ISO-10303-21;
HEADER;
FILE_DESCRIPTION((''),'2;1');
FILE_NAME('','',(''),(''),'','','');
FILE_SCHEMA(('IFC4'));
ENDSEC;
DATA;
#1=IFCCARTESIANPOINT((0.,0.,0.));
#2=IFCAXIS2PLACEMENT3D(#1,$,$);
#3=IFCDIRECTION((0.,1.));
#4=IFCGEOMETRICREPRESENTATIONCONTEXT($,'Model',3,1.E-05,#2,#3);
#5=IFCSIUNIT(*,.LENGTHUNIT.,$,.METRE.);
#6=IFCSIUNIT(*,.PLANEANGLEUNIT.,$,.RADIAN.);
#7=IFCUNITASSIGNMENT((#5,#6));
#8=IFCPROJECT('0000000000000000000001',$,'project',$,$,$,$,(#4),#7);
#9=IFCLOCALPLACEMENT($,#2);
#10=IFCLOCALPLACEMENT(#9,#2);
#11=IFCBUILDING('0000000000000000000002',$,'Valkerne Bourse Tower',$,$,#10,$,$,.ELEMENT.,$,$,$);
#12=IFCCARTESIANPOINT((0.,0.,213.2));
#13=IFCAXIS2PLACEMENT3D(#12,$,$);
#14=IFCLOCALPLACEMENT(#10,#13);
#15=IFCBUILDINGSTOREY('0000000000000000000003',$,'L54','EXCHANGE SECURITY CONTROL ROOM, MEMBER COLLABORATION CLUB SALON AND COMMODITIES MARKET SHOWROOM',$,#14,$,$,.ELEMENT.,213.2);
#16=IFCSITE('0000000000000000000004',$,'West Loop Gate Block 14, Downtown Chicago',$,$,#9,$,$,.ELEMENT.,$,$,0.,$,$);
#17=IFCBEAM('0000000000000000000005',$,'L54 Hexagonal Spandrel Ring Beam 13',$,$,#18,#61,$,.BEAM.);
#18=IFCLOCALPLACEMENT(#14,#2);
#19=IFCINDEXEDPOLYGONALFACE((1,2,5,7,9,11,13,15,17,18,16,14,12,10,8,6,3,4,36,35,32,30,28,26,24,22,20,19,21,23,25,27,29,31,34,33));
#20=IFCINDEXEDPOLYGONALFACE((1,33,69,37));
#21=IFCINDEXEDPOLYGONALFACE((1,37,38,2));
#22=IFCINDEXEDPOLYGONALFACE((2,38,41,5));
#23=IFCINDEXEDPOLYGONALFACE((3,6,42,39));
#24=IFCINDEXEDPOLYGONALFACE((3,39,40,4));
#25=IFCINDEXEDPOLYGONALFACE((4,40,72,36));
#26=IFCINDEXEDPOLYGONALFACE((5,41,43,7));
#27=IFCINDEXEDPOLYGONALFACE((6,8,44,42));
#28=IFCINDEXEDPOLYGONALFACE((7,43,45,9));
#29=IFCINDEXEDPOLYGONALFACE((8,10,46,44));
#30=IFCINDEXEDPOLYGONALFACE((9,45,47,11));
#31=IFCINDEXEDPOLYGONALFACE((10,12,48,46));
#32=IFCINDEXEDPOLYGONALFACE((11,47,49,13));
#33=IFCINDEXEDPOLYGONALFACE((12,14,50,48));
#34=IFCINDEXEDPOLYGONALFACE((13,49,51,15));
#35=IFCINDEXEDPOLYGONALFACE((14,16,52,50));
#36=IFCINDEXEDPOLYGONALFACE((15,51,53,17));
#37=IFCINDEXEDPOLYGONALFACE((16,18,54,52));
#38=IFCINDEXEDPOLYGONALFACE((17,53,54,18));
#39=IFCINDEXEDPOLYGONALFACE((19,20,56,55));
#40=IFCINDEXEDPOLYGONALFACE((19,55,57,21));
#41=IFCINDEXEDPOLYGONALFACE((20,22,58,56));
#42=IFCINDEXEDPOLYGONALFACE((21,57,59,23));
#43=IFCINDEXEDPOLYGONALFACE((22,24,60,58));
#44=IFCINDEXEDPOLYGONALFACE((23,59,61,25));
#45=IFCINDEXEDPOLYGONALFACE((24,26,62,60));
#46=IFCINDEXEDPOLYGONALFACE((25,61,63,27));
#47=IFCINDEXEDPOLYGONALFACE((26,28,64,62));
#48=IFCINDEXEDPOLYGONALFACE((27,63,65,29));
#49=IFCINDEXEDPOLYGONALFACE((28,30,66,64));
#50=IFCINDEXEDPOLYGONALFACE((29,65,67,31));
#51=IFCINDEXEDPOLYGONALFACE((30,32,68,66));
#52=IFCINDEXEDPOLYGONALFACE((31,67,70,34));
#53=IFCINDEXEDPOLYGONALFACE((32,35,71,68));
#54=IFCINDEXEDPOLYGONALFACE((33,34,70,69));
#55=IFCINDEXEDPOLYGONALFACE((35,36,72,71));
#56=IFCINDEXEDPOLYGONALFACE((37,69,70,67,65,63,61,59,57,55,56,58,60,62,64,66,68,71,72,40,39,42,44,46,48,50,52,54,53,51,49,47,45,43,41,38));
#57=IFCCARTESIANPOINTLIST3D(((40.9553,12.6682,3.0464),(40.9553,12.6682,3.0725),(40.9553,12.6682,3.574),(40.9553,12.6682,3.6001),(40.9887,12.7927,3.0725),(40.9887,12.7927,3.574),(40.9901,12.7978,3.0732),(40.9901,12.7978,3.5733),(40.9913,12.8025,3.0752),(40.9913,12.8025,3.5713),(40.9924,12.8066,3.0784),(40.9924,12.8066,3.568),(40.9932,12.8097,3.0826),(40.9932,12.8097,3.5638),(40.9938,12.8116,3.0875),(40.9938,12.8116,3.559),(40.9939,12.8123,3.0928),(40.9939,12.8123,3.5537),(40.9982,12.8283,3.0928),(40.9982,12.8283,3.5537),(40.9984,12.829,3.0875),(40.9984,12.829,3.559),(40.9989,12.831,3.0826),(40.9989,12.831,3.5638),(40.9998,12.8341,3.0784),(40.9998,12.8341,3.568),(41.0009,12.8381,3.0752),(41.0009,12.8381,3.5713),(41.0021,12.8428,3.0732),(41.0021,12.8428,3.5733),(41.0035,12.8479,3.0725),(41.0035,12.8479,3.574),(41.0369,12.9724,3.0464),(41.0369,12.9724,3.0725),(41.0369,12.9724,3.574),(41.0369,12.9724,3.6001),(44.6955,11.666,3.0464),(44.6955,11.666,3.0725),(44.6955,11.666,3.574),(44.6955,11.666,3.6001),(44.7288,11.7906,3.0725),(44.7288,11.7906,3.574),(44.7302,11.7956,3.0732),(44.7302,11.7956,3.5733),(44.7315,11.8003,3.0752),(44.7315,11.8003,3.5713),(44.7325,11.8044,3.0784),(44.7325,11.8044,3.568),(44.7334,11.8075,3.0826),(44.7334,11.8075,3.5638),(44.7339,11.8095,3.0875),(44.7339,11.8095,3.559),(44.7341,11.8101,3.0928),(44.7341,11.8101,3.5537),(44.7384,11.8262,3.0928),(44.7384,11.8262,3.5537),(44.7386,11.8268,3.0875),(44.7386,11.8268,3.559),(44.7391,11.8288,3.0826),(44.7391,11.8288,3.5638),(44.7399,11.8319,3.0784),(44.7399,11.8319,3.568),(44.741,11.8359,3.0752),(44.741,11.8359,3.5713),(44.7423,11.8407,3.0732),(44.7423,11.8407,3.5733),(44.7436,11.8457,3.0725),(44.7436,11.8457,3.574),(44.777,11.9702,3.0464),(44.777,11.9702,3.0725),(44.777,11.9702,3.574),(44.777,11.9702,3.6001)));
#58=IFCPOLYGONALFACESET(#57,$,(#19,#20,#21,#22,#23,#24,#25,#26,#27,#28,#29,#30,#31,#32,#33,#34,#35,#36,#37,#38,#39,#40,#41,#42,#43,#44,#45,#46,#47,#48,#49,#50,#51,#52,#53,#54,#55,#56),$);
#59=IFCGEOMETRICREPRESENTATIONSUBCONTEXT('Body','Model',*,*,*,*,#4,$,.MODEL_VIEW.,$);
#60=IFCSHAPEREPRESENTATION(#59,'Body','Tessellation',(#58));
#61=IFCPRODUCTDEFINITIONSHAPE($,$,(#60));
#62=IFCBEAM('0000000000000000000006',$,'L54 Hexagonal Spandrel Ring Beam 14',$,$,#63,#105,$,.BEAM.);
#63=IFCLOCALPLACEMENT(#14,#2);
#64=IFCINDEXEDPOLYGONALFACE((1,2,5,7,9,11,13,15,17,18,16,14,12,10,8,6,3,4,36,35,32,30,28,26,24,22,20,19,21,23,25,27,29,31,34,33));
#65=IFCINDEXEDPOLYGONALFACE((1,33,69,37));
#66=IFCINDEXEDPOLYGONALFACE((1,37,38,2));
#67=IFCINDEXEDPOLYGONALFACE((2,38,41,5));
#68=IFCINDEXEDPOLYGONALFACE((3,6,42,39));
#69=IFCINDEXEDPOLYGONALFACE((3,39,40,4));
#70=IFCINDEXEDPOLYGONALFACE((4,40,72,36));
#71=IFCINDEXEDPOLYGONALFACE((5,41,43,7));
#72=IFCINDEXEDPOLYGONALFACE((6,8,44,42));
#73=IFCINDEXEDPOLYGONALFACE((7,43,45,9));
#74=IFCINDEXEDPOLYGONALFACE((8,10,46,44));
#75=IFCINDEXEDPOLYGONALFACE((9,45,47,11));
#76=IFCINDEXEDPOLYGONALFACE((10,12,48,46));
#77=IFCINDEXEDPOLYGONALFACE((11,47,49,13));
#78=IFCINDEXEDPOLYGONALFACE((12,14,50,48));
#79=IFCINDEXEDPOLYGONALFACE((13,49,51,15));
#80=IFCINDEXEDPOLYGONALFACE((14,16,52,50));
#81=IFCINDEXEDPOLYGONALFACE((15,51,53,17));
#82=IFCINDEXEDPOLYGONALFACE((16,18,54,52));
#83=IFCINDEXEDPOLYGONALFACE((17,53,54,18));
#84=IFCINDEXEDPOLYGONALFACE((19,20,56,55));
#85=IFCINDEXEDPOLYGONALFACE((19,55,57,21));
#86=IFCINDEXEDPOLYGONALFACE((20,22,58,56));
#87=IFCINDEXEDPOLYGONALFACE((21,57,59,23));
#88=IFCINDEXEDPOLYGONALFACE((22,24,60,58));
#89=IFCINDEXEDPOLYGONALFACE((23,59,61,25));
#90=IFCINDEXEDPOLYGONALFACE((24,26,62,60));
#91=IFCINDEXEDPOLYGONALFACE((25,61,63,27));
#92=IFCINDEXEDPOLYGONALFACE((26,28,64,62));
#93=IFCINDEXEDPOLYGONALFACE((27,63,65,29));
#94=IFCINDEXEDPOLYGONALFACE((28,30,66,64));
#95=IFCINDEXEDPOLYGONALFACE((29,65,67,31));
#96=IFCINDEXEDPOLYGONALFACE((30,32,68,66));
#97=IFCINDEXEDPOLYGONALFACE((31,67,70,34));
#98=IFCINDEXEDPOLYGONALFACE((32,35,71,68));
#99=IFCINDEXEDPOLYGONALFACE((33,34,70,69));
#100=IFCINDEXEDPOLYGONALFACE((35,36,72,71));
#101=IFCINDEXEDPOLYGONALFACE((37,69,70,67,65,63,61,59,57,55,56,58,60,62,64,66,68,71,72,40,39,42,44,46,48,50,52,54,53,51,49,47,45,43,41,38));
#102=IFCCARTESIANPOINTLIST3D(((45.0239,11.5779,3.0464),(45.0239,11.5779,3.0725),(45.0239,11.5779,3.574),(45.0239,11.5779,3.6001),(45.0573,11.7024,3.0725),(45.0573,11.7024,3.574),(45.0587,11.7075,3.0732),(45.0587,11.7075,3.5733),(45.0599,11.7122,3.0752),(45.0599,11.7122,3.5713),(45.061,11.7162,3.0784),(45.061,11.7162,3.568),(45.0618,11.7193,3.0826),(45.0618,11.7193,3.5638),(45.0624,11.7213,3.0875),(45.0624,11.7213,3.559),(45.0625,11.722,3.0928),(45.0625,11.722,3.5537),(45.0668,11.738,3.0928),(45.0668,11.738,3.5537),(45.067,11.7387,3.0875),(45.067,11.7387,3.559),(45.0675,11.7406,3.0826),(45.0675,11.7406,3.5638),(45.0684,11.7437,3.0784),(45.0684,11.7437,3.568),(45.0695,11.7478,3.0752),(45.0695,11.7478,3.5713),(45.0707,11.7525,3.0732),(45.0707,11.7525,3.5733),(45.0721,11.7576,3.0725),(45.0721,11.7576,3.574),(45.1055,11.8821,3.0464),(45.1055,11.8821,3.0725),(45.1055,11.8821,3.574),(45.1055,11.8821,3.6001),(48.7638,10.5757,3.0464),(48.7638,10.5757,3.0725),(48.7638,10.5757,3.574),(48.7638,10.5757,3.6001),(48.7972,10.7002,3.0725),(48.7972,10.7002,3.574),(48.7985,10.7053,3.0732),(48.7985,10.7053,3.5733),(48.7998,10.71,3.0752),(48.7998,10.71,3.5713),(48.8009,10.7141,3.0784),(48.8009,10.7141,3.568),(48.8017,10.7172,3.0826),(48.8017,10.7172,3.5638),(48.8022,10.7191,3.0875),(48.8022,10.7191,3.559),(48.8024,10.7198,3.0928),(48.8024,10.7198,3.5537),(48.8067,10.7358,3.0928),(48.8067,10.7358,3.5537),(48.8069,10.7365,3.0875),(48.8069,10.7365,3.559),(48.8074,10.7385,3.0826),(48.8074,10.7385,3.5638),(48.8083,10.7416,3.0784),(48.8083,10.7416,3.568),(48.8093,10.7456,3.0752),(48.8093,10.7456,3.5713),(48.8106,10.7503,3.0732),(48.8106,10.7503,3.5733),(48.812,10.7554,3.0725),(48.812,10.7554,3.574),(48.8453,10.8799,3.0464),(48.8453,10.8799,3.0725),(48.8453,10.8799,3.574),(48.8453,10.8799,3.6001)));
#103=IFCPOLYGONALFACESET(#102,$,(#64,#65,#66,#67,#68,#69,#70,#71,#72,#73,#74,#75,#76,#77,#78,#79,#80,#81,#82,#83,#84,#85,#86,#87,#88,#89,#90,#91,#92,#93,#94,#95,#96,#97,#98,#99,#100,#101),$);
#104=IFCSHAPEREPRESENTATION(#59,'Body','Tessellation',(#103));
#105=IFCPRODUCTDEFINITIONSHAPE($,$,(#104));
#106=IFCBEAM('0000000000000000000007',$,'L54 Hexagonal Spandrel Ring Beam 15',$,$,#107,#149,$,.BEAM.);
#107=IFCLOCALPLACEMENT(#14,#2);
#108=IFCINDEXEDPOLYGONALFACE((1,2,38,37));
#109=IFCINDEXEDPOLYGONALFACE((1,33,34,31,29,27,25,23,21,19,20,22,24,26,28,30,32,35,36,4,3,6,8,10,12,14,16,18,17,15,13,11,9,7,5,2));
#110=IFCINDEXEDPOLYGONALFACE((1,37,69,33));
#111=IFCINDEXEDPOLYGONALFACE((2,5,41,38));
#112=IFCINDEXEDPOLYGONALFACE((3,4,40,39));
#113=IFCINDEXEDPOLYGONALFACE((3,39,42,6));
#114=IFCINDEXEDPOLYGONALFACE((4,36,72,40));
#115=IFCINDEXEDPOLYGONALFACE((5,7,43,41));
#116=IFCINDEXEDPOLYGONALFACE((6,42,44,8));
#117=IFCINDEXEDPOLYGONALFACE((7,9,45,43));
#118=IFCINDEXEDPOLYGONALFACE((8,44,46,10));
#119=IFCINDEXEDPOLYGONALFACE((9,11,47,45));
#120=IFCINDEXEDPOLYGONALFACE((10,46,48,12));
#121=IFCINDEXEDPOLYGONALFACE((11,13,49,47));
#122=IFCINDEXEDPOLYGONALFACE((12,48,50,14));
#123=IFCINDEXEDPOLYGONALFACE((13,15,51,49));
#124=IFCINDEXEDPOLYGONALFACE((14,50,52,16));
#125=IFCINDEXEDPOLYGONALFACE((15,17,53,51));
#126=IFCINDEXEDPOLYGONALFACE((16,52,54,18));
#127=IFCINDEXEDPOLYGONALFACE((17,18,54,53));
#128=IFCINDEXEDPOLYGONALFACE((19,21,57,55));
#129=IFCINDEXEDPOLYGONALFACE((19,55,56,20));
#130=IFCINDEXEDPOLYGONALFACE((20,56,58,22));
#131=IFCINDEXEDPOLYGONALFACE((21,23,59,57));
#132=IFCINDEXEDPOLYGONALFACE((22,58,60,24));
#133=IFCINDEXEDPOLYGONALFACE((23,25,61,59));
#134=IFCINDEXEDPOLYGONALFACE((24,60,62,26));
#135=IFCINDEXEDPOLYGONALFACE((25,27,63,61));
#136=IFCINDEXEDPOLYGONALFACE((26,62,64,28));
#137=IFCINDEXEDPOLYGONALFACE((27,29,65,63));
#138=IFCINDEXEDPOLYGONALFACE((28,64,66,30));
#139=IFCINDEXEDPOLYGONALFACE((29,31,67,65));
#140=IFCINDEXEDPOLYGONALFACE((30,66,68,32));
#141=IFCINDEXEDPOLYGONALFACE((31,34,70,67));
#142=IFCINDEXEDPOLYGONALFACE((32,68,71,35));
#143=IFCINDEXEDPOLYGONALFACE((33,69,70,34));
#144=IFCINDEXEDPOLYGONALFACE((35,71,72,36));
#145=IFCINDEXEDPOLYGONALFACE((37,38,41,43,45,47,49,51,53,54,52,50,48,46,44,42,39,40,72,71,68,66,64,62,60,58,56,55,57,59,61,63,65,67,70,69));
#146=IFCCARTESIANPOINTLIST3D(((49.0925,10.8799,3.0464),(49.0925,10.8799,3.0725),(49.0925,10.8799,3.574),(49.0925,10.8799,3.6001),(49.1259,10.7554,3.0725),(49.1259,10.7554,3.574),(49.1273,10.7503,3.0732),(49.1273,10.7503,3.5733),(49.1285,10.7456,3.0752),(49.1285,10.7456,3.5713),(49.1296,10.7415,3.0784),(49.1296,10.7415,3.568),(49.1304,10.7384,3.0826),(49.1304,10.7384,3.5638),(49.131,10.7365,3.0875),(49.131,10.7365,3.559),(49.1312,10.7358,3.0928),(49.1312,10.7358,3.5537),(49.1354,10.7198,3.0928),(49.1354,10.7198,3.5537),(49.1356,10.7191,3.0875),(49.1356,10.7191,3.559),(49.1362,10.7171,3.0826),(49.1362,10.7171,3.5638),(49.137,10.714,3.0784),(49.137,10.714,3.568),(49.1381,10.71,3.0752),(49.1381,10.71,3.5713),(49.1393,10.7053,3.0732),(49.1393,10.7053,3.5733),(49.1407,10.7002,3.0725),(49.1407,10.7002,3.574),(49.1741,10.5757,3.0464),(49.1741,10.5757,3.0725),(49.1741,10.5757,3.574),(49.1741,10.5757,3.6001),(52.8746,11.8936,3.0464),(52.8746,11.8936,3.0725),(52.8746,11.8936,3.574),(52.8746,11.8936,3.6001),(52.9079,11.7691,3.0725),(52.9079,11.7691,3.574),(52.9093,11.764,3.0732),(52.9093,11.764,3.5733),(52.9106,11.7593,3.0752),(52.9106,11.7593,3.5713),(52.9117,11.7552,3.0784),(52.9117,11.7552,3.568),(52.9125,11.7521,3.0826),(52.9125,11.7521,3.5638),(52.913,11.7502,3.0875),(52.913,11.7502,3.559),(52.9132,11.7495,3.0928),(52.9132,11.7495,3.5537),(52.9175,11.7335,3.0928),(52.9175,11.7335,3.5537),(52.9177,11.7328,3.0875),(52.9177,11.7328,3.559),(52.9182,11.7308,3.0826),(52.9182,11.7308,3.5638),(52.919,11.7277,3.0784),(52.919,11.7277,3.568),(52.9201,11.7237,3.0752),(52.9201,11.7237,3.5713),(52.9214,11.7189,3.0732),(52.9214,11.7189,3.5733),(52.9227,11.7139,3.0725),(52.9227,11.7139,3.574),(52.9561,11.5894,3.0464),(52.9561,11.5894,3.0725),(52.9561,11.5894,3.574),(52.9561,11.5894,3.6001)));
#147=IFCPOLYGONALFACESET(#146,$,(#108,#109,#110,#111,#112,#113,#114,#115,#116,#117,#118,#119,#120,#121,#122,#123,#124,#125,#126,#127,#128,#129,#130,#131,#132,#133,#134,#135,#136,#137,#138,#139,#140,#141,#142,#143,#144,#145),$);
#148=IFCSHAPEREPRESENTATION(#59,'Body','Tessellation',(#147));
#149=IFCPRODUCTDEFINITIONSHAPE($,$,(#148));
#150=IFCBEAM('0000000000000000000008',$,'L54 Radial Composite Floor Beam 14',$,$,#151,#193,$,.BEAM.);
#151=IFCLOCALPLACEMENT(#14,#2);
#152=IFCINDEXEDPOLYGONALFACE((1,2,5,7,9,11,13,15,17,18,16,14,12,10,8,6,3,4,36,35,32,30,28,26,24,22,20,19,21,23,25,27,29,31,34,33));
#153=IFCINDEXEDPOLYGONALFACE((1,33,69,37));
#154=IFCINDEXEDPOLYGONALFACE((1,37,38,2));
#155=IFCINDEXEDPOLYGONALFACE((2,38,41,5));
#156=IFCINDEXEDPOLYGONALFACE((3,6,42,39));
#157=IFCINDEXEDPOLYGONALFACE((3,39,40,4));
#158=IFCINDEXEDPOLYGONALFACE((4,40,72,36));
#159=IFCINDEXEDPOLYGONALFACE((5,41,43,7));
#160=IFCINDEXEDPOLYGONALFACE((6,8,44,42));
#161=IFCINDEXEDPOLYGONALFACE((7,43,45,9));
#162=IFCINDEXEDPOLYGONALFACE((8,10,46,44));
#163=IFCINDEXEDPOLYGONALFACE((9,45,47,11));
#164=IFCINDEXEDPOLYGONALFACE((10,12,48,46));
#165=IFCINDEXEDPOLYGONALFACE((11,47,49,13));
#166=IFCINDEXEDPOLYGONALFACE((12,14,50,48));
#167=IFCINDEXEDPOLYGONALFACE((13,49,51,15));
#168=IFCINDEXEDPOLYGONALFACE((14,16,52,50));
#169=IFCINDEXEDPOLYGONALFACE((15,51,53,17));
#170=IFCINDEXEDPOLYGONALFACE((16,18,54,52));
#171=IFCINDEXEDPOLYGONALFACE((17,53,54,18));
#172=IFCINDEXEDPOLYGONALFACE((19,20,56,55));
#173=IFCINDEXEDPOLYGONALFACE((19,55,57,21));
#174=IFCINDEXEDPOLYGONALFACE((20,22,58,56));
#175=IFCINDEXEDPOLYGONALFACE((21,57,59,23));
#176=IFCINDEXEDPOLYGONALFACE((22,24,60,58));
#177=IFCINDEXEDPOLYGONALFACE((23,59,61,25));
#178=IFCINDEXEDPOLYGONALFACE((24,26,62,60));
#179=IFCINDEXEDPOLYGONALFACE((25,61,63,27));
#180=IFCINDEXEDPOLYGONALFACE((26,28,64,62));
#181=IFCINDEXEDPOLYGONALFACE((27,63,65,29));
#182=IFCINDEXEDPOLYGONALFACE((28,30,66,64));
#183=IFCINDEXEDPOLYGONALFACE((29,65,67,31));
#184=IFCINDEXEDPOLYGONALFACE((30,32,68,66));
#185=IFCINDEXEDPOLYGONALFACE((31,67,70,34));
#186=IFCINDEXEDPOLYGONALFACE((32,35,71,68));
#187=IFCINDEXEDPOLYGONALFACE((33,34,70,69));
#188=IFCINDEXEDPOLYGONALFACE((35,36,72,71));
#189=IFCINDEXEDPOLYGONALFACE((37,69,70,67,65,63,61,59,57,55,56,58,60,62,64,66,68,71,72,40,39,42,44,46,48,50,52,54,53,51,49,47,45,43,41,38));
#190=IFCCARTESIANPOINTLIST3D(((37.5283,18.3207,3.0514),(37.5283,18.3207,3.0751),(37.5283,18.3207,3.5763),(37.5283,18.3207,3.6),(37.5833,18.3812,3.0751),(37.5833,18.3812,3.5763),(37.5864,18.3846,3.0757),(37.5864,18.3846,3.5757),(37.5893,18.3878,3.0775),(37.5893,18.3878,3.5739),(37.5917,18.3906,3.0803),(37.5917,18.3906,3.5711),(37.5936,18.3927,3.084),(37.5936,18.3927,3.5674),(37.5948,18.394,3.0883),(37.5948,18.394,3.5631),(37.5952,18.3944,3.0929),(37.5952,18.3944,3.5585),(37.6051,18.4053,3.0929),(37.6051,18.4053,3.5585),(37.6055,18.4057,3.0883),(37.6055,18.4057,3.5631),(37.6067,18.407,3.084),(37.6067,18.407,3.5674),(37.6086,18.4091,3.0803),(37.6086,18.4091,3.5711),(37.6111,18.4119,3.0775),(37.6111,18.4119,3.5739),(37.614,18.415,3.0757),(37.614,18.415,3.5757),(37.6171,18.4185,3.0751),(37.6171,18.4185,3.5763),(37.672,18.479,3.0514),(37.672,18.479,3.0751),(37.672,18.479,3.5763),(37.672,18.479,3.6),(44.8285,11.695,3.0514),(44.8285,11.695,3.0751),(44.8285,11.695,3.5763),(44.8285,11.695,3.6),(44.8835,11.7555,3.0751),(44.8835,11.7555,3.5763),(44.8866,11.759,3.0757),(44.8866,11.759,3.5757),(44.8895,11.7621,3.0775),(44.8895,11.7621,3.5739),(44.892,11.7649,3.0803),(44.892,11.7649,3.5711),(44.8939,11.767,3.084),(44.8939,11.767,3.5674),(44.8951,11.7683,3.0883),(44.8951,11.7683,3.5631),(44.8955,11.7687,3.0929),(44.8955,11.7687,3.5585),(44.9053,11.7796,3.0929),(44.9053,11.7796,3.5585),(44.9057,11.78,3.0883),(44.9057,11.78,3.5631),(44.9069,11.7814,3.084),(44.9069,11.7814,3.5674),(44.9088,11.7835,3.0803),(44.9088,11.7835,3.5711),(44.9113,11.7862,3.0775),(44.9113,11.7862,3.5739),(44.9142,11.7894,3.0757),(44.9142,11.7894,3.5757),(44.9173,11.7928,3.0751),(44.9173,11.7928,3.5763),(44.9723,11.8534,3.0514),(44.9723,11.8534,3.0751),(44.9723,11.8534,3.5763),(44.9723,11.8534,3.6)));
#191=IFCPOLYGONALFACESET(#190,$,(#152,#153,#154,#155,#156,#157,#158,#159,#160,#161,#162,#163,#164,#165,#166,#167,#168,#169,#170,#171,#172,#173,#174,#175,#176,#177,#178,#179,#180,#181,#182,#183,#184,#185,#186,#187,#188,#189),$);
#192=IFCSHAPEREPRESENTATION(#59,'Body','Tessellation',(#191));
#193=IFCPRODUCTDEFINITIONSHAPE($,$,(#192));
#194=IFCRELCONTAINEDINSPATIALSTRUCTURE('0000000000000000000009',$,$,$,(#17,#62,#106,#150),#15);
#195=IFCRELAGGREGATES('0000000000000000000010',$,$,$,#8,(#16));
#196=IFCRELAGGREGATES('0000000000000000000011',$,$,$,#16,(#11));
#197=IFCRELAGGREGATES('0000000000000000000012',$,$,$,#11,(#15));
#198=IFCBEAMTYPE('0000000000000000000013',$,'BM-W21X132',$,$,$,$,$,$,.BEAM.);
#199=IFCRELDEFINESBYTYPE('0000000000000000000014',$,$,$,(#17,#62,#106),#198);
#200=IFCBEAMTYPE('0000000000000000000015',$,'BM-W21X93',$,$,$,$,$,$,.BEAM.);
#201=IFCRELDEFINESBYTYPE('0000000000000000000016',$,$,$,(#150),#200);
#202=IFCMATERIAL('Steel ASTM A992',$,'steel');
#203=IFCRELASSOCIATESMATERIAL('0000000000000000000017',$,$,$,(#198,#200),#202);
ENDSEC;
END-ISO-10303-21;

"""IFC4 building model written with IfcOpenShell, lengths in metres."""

from ifc_helpers import new_model, si_unit, direction, frame, origin, origin_2d, place, context, subcontext, project, spatial, i_section, extrude, material, material_profile, profile_set, type_object, element, save


model = new_model("IFC4")

# Units and contexts
model_context = context("Model", 3, precision=1e-05, world=origin(), true_north=direction((0.0, 1.0)))
body_context = subcontext(model_context, "Body", "Model", "MODEL_VIEW")
ifc_project = project(units=[si_unit("LENGTHUNIT", "METRE"), si_unit("PLANEANGLEUNIT", "RADIAN")], contexts=[model_context])

# Site, building, storey
site_placement = place(None, origin())
site = spatial("IfcSite", under=ifc_project, at=site_placement, Name="West Loop Gate Block 14, Downtown Chicago", CompositionType="ELEMENT", RefElevation=0.0)
building_placement = place(site_placement, origin())
building = spatial("IfcBuilding", under=site, at=building_placement, Name="Valkerne Bourse Tower", CompositionType="ELEMENT")
storey_placement = place(building_placement, frame((0.0, 0.0, 213.2)))
storey = spatial("IfcBuildingStorey", under=building, at=storey_placement, Name="L54", Description="EXCHANGE SECURITY CONTROL ROOM, MEMBER COLLABORATION CLUB SALON AND COMMODITIES MARKET SHOWROOM", CompositionType="ELEMENT", Elevation=213.2)

# Beams
ifc_material_1 = material(Name="Steel ASTM A992", Category="steel")
ifc_material_profile_1 = material_profile(ifc_material_1, i_section(OverallWidth=0.3149, OverallDepth=0.5537, WebThickness=0.0166, FlangeThickness=0.0261, FilletRadius=0.0203, at=origin_2d()), Name="W21X132")
ifc_profile_set_1 = profile_set([ifc_material_profile_1], Name="Steel ASTM A992")
beam_type_1 = type_object("IfcBeamType", Name="BM-W21X132", PredefinedType="BEAM", material=ifc_profile_set_1)
beam_1_placement = place(storey_placement, frame((40.9961, 12.8203, 3.3232), z_axis=(0.965926, -0.25882, 0.0), x_axis=(0.25882, 0.965926, 0.0)))
element("IfcBeam", 1, at=beam_1_placement, inside=storey, type_object=beam_type_1, Name="L54 Hexagonal Spandrel Ring Beam 13", PredefinedType="BEAM", context=body_context, shape_type="SweptSolid", body=[
    extrude(i_section(OverallWidth=0.3149, OverallDepth=0.5537, WebThickness=0.0166, FlangeThickness=0.0261, FilletRadius=0.0203, at=origin_2d()), origin(), (0.0, 0.0, 1.0), 3.8721),
])
beam_2_placement = place(storey_placement, frame((45.0647, 11.73, 3.3232), z_axis=(0.965921, -0.258836, 0.0), x_axis=(0.258836, 0.965921, 0.0)))
element("IfcBeam", 2, at=beam_2_placement, inside=storey, type_object=beam_type_1, Name="L54 Hexagonal Spandrel Ring Beam 14", PredefinedType="BEAM", context=body_context, shape_type="SweptSolid", body=[
    extrude(i_section(OverallWidth=0.3149, OverallDepth=0.5537, WebThickness=0.0166, FlangeThickness=0.0261, FilletRadius=0.0203, at=origin_2d()), origin(), (0.0, 0.0, 1.0), 3.8718),
])
beam_3_placement = place(storey_placement, frame((49.1333, 10.7278, 3.3232), z_axis=(0.965907, 0.258889, 0.0), x_axis=(-0.258889, 0.965907, 0.0)))
element("IfcBeam", 3, at=beam_3_placement, inside=storey, type_object=beam_type_1, Name="L54 Hexagonal Spandrel Ring Beam 15", PredefinedType="BEAM", context=body_context, shape_type="SweptSolid", body=[
    extrude(i_section(OverallWidth=0.3149, OverallDepth=0.5537, WebThickness=0.0166, FlangeThickness=0.0261, FilletRadius=0.0203, at=origin_2d()), origin(), (0.0, 0.0, 1.0), 3.9155),
])
ifc_material_profile_2 = material_profile(ifc_material_1, i_section(OverallWidth=0.2139, OverallDepth=0.5486, WebThickness=0.0146, FlangeThickness=0.0237, FilletRadius=0.0178, at=origin_2d()), Name="W21X93")
ifc_profile_set_2 = profile_set([ifc_material_profile_2], Name="Steel ASTM A992")
beam_type_2 = type_object("IfcBeamType", Name="BM-W21X93", PredefinedType="BEAM", material=ifc_profile_set_2)
beam_4_placement = place(storey_placement, frame((44.9004, 11.7742, 3.3257), z_axis=(-0.74049, 0.672067, 0.0), x_axis=(-0.672067, -0.74049, 0.0)))
element("IfcBeam", 4, at=beam_4_placement, inside=storey, type_object=beam_type_2, Name="L54 Radial Composite Floor Beam 14", PredefinedType="BEAM", context=body_context, shape_type="SweptSolid", body=[
    extrude(i_section(OverallWidth=0.2139, OverallDepth=0.5486, WebThickness=0.0146, FlangeThickness=0.0237, FilletRadius=0.0178, at=origin_2d()), origin(), (0.0, 0.0, 1.0), 9.8586),
])

save(model, "model.ifc")
